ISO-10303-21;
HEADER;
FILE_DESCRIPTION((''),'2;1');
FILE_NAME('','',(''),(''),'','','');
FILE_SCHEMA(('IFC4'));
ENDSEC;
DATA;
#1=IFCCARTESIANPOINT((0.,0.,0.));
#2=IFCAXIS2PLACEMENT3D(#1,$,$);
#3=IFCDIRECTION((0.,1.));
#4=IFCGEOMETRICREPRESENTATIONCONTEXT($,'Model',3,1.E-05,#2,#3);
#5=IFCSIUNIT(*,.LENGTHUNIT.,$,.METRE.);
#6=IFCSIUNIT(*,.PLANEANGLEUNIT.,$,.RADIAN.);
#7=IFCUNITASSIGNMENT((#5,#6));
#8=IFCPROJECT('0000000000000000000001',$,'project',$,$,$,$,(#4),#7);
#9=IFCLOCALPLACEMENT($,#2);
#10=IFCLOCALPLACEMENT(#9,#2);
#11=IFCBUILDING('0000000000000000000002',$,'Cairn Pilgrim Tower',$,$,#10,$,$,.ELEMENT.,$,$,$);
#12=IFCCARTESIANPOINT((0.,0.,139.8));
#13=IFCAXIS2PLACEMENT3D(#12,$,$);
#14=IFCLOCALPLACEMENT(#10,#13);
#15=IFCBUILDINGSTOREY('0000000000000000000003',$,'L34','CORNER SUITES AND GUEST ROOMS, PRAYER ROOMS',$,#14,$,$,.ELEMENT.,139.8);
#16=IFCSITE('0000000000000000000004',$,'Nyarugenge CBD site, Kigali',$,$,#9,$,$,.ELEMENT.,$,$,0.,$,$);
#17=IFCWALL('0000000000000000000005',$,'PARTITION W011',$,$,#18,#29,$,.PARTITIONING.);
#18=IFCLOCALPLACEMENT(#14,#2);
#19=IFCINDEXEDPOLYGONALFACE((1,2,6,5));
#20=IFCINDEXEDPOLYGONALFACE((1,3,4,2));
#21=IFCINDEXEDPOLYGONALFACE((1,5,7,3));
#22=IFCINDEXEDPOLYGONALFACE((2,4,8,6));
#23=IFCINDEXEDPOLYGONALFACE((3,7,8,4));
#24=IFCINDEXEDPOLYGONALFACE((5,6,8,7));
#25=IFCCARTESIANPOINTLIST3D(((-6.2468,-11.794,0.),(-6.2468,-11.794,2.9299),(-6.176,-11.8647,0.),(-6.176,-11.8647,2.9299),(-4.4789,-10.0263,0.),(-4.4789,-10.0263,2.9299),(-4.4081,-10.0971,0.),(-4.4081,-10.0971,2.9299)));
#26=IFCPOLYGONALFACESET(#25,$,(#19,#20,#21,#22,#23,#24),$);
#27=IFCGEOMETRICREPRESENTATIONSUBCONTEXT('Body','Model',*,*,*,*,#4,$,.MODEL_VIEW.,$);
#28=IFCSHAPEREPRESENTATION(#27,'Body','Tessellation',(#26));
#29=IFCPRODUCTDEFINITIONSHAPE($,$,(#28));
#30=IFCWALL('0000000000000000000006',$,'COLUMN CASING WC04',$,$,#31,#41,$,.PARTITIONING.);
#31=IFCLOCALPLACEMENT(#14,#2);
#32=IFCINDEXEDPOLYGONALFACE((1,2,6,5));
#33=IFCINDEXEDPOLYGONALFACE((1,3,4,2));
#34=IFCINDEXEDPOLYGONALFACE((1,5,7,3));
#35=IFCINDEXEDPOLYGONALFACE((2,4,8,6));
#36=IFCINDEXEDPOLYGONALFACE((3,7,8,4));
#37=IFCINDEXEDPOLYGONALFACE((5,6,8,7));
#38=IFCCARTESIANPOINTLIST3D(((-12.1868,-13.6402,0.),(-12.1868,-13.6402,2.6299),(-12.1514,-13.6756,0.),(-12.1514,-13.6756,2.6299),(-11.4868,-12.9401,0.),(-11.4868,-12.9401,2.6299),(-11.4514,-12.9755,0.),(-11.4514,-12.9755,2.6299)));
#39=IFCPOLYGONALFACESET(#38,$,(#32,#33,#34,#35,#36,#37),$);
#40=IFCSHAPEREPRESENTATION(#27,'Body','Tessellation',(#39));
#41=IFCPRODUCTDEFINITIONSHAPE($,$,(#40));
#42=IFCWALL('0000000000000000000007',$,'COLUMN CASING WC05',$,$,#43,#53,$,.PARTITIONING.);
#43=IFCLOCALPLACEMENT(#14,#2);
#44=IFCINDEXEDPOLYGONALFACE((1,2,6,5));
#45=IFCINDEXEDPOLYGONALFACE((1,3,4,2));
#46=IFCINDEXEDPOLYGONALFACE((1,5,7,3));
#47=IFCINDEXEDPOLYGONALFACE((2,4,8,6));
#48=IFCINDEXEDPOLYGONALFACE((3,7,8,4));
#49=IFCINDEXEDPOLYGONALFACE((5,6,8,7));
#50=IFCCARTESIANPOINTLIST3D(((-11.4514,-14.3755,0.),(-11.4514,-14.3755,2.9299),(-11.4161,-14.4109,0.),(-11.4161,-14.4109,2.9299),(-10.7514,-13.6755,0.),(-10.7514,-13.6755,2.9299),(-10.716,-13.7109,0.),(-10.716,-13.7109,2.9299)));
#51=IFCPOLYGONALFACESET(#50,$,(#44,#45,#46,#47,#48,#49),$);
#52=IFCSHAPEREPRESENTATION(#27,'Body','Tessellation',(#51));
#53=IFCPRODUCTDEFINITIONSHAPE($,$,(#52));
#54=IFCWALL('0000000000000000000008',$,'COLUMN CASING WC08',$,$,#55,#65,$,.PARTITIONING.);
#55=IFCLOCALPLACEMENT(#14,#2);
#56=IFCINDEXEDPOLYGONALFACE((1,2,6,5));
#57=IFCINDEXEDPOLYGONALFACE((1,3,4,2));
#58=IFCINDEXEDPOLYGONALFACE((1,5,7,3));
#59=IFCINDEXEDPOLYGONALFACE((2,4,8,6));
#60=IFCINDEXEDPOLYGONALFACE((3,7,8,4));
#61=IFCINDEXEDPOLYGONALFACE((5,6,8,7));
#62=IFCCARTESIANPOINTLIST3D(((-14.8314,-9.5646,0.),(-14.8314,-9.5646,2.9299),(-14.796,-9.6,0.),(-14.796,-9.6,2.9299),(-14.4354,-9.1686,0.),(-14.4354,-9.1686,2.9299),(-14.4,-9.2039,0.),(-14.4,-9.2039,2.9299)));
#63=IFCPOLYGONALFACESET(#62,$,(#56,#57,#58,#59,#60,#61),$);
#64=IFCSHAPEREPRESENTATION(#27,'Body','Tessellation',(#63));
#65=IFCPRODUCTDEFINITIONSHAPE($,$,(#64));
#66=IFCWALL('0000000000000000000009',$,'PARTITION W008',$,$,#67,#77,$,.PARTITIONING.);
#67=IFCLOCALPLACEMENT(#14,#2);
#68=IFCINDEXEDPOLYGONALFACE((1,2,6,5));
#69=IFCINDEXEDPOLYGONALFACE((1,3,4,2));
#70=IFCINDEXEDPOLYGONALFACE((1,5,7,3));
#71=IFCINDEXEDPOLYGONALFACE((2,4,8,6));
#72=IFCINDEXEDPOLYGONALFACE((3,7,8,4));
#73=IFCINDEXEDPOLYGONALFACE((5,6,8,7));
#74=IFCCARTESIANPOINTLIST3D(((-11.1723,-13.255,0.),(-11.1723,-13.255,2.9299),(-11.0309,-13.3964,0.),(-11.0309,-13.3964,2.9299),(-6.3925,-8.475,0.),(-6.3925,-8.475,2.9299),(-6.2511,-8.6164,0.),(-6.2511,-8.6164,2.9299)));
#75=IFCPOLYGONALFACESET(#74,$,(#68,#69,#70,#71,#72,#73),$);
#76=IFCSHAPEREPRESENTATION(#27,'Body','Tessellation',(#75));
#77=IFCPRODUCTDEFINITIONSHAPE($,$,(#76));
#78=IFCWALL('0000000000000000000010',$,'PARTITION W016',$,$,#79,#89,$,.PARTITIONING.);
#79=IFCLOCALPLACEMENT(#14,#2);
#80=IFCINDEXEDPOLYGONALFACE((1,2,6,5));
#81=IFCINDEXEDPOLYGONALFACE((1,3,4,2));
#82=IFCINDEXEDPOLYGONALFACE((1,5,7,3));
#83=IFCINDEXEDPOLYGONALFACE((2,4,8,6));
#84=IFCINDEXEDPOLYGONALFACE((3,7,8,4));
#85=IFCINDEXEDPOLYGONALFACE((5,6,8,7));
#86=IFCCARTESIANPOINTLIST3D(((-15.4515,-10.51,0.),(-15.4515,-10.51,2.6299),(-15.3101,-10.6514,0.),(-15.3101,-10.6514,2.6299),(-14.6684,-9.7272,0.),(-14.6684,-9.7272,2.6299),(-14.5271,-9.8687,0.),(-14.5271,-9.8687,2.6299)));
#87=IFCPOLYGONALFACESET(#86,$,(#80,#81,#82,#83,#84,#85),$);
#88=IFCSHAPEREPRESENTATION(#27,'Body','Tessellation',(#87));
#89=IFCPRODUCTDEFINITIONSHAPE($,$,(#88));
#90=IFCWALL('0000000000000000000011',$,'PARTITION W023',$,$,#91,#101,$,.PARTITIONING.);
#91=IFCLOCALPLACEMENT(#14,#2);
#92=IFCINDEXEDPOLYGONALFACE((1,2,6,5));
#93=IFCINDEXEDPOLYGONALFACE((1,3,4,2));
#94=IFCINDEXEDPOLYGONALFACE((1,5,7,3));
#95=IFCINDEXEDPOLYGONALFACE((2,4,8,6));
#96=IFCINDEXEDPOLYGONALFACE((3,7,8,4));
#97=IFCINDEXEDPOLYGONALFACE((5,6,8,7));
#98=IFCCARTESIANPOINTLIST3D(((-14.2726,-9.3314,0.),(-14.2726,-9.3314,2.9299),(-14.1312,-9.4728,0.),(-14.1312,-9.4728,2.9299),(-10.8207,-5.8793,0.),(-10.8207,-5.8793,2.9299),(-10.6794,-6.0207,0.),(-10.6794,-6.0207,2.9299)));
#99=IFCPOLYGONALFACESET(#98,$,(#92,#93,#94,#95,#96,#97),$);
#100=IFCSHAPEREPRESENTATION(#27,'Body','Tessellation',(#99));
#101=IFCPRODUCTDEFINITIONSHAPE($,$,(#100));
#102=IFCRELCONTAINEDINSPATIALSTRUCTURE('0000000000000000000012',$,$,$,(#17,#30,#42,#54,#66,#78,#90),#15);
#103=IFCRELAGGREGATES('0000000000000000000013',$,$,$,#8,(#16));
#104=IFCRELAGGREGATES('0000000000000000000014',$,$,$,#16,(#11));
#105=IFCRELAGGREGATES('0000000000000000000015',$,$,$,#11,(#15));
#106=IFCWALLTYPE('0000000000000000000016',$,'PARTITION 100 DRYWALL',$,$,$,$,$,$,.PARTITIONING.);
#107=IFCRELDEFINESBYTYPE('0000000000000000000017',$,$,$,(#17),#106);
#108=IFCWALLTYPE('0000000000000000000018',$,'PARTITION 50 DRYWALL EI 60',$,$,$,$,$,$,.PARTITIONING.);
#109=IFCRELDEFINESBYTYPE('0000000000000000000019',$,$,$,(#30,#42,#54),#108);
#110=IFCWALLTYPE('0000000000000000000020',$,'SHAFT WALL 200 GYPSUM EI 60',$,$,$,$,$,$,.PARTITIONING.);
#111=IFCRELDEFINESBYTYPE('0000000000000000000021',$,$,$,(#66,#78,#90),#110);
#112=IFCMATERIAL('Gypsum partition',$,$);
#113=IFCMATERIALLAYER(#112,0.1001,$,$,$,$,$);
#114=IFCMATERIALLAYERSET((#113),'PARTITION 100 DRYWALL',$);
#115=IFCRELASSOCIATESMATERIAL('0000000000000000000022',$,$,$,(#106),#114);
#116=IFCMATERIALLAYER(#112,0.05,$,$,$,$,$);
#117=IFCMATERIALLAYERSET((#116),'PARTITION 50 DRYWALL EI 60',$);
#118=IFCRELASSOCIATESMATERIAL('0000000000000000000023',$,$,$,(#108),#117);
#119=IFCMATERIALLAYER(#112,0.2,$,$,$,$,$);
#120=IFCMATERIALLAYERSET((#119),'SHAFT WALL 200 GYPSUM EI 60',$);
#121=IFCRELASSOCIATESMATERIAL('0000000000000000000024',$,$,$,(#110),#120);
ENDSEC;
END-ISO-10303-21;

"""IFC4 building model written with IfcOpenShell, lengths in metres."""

from ifc_helpers import new_model, si_unit, direction, frame, frame_2d, origin, place, context, subcontext, project, spatial, rectangle, extrude, material, layer, layer_set, type_object, element, save


model = new_model("IFC4")

# Units and contexts
model_context = context("Model", 3, precision=1e-05, world=origin(), true_north=direction((0.0, 1.0)))
body_context = subcontext(model_context, "Body", "Model", "MODEL_VIEW")
ifc_project = project(units=[si_unit("LENGTHUNIT", "METRE"), si_unit("PLANEANGLEUNIT", "RADIAN")], contexts=[model_context])

# Site, building, storey
site_placement = place(None, origin())
site = spatial("IfcSite", under=ifc_project, at=site_placement, Name="Nyarugenge CBD site, Kigali", CompositionType="ELEMENT", RefElevation=0.0)
building_placement = place(site_placement, origin())
building = spatial("IfcBuilding", under=site, at=building_placement, Name="Cairn Pilgrim Tower", CompositionType="ELEMENT")
storey_placement = place(building_placement, frame((0.0, 0.0, 139.8)))
storey = spatial("IfcBuildingStorey", under=building, at=storey_placement, Name="L34", Description="CORNER SUITES AND GUEST ROOMS, PRAYER ROOMS", CompositionType="ELEMENT", Elevation=139.8)

# Shared definitions
ifc_material_1 = material(Name="Gypsum partition")
ifc_layer_1 = layer(ifc_material_1, 0.1001)
ifc_layer_set_1 = layer_set([ifc_layer_1], Name="PARTITION 100 DRYWALL")
wall_type_1 = type_object("IfcWallType", Name="PARTITION 100 DRYWALL", PredefinedType="PARTITIONING", material=ifc_layer_set_1)

# Walls
wall_1_placement = place(storey_placement, frame((-6.2114, -11.8293, 0.0), z_axis=(0.0, 0.0, 1.0), x_axis=(0.707156, 0.707058, 0.0)))
element("IfcWall", 1, at=wall_1_placement, inside=storey, type_object=wall_type_1, Name="PARTITION W011", PredefinedType="PARTITIONING", context=body_context, shape_type="SweptSolid", body=[
    extrude(rectangle(XDim=2.5, YDim=0.1001, at=frame_2d((1.25, 0.0))), origin(), (0.0, 0.0, 1.0), 2.9299),
])
ifc_layer_2 = layer(ifc_material_1, 0.05)
ifc_layer_set_2 = layer_set([ifc_layer_2], Name="PARTITION 50 DRYWALL EI 60")
wall_type_2 = type_object("IfcWallType", Name="PARTITION 50 DRYWALL EI 60", PredefinedType="PARTITIONING", material=ifc_layer_set_2)
wall_2_placement = place(storey_placement, frame((-12.1692, -13.658, 0.0), z_axis=(0.0, 0.0, 1.0), x_axis=(0.707107, 0.707107, 0.0)))
element("IfcWall", 2, at=wall_2_placement, inside=storey, type_object=wall_type_2, Name="COLUMN CASING WC04", PredefinedType="PARTITIONING", context=body_context, shape_type="SweptSolid", body=[
    extrude(rectangle(XDim=0.99, YDim=0.05, at=frame_2d((0.4951, 0.0))), origin(), (0.0, 0.0, 1.0), 2.6299),
])
wall_3_placement = place(storey_placement, frame((-11.4338, -14.3933, 0.0), z_axis=(0.0, 0.0, 1.0), x_axis=(0.707107, 0.707107, 0.0)))
element("IfcWall", 3, at=wall_3_placement, inside=storey, type_object=wall_type_2, Name="COLUMN CASING WC05", PredefinedType="PARTITIONING", context=body_context, shape_type="SweptSolid", body=[
    extrude(rectangle(XDim=0.99, YDim=0.05, at=frame_2d((0.4951, 0.0))), origin(), (0.0, 0.0, 1.0), 2.9299),
])
wall_4_placement = place(storey_placement, frame((-14.8137, -9.5823, 0.0), z_axis=(0.0, 0.0, 1.0), x_axis=(0.707107, 0.707107, 0.0)))
element("IfcWall", 4, at=wall_4_placement, inside=storey, type_object=wall_type_2, Name="COLUMN CASING WC08", PredefinedType="PARTITIONING", context=body_context, shape_type="SweptSolid", body=[
    extrude(rectangle(XDim=0.5601, YDim=0.05, at=frame_2d((0.28, 0.0))), origin(), (0.0, 0.0, 1.0), 2.9299),
])
ifc_layer_3 = layer(ifc_material_1, 0.2)
ifc_layer_set_3 = layer_set([ifc_layer_3], Name="SHAFT WALL 200 GYPSUM EI 60")
wall_type_3 = type_object("IfcWallType", Name="SHAFT WALL 200 GYPSUM EI 60", PredefinedType="PARTITIONING", material=ifc_layer_set_3)
wall_5_placement = place(storey_placement, frame((-11.1016, -13.3257, 0.0), z_axis=(0.0, 0.0, 1.0), x_axis=(0.707089, 0.707125, 0.0)))
element("IfcWall", 5, at=wall_5_placement, inside=storey, type_object=wall_type_3, Name="PARTITION W008", PredefinedType="PARTITIONING", context=body_context, shape_type="SweptSolid", body=[
    extrude(rectangle(XDim=6.7598, YDim=0.2, at=frame_2d((3.3799, 0.0))), origin(), (0.0, 0.0, 1.0), 2.9299),
])
wall_6_placement = place(storey_placement, frame((-15.3809, -10.5808, 0.0), z_axis=(0.0, 0.0, 1.0), x_axis=(0.707217, 0.706997, 0.0)))
element("IfcWall", 6, at=wall_6_placement, inside=storey, type_object=wall_type_3, Name="PARTITION W016", PredefinedType="PARTITIONING", context=body_context, shape_type="SweptSolid", body=[
    extrude(rectangle(XDim=1.1072, YDim=0.2, at=frame_2d((0.5537, 0.0))), origin(), (0.0, 0.0, 1.0), 2.6299),
])
wall_7_placement = place(storey_placement, frame((-14.2019, -9.4021, 0.0), z_axis=(0.0, 0.0, 1.0), x_axis=(0.707082, 0.707132, 0.0)))
element("IfcWall", 7, at=wall_7_placement, inside=storey, type_object=wall_type_3, Name="PARTITION W023", PredefinedType="PARTITIONING", context=body_context, shape_type="SweptSolid", body=[
    extrude(rectangle(XDim=4.8818, YDim=0.2, at=frame_2d((2.4409, 0.0))), origin(), (0.0, 0.0, 1.0), 2.9299),
])

save(model, "model.ifc")
